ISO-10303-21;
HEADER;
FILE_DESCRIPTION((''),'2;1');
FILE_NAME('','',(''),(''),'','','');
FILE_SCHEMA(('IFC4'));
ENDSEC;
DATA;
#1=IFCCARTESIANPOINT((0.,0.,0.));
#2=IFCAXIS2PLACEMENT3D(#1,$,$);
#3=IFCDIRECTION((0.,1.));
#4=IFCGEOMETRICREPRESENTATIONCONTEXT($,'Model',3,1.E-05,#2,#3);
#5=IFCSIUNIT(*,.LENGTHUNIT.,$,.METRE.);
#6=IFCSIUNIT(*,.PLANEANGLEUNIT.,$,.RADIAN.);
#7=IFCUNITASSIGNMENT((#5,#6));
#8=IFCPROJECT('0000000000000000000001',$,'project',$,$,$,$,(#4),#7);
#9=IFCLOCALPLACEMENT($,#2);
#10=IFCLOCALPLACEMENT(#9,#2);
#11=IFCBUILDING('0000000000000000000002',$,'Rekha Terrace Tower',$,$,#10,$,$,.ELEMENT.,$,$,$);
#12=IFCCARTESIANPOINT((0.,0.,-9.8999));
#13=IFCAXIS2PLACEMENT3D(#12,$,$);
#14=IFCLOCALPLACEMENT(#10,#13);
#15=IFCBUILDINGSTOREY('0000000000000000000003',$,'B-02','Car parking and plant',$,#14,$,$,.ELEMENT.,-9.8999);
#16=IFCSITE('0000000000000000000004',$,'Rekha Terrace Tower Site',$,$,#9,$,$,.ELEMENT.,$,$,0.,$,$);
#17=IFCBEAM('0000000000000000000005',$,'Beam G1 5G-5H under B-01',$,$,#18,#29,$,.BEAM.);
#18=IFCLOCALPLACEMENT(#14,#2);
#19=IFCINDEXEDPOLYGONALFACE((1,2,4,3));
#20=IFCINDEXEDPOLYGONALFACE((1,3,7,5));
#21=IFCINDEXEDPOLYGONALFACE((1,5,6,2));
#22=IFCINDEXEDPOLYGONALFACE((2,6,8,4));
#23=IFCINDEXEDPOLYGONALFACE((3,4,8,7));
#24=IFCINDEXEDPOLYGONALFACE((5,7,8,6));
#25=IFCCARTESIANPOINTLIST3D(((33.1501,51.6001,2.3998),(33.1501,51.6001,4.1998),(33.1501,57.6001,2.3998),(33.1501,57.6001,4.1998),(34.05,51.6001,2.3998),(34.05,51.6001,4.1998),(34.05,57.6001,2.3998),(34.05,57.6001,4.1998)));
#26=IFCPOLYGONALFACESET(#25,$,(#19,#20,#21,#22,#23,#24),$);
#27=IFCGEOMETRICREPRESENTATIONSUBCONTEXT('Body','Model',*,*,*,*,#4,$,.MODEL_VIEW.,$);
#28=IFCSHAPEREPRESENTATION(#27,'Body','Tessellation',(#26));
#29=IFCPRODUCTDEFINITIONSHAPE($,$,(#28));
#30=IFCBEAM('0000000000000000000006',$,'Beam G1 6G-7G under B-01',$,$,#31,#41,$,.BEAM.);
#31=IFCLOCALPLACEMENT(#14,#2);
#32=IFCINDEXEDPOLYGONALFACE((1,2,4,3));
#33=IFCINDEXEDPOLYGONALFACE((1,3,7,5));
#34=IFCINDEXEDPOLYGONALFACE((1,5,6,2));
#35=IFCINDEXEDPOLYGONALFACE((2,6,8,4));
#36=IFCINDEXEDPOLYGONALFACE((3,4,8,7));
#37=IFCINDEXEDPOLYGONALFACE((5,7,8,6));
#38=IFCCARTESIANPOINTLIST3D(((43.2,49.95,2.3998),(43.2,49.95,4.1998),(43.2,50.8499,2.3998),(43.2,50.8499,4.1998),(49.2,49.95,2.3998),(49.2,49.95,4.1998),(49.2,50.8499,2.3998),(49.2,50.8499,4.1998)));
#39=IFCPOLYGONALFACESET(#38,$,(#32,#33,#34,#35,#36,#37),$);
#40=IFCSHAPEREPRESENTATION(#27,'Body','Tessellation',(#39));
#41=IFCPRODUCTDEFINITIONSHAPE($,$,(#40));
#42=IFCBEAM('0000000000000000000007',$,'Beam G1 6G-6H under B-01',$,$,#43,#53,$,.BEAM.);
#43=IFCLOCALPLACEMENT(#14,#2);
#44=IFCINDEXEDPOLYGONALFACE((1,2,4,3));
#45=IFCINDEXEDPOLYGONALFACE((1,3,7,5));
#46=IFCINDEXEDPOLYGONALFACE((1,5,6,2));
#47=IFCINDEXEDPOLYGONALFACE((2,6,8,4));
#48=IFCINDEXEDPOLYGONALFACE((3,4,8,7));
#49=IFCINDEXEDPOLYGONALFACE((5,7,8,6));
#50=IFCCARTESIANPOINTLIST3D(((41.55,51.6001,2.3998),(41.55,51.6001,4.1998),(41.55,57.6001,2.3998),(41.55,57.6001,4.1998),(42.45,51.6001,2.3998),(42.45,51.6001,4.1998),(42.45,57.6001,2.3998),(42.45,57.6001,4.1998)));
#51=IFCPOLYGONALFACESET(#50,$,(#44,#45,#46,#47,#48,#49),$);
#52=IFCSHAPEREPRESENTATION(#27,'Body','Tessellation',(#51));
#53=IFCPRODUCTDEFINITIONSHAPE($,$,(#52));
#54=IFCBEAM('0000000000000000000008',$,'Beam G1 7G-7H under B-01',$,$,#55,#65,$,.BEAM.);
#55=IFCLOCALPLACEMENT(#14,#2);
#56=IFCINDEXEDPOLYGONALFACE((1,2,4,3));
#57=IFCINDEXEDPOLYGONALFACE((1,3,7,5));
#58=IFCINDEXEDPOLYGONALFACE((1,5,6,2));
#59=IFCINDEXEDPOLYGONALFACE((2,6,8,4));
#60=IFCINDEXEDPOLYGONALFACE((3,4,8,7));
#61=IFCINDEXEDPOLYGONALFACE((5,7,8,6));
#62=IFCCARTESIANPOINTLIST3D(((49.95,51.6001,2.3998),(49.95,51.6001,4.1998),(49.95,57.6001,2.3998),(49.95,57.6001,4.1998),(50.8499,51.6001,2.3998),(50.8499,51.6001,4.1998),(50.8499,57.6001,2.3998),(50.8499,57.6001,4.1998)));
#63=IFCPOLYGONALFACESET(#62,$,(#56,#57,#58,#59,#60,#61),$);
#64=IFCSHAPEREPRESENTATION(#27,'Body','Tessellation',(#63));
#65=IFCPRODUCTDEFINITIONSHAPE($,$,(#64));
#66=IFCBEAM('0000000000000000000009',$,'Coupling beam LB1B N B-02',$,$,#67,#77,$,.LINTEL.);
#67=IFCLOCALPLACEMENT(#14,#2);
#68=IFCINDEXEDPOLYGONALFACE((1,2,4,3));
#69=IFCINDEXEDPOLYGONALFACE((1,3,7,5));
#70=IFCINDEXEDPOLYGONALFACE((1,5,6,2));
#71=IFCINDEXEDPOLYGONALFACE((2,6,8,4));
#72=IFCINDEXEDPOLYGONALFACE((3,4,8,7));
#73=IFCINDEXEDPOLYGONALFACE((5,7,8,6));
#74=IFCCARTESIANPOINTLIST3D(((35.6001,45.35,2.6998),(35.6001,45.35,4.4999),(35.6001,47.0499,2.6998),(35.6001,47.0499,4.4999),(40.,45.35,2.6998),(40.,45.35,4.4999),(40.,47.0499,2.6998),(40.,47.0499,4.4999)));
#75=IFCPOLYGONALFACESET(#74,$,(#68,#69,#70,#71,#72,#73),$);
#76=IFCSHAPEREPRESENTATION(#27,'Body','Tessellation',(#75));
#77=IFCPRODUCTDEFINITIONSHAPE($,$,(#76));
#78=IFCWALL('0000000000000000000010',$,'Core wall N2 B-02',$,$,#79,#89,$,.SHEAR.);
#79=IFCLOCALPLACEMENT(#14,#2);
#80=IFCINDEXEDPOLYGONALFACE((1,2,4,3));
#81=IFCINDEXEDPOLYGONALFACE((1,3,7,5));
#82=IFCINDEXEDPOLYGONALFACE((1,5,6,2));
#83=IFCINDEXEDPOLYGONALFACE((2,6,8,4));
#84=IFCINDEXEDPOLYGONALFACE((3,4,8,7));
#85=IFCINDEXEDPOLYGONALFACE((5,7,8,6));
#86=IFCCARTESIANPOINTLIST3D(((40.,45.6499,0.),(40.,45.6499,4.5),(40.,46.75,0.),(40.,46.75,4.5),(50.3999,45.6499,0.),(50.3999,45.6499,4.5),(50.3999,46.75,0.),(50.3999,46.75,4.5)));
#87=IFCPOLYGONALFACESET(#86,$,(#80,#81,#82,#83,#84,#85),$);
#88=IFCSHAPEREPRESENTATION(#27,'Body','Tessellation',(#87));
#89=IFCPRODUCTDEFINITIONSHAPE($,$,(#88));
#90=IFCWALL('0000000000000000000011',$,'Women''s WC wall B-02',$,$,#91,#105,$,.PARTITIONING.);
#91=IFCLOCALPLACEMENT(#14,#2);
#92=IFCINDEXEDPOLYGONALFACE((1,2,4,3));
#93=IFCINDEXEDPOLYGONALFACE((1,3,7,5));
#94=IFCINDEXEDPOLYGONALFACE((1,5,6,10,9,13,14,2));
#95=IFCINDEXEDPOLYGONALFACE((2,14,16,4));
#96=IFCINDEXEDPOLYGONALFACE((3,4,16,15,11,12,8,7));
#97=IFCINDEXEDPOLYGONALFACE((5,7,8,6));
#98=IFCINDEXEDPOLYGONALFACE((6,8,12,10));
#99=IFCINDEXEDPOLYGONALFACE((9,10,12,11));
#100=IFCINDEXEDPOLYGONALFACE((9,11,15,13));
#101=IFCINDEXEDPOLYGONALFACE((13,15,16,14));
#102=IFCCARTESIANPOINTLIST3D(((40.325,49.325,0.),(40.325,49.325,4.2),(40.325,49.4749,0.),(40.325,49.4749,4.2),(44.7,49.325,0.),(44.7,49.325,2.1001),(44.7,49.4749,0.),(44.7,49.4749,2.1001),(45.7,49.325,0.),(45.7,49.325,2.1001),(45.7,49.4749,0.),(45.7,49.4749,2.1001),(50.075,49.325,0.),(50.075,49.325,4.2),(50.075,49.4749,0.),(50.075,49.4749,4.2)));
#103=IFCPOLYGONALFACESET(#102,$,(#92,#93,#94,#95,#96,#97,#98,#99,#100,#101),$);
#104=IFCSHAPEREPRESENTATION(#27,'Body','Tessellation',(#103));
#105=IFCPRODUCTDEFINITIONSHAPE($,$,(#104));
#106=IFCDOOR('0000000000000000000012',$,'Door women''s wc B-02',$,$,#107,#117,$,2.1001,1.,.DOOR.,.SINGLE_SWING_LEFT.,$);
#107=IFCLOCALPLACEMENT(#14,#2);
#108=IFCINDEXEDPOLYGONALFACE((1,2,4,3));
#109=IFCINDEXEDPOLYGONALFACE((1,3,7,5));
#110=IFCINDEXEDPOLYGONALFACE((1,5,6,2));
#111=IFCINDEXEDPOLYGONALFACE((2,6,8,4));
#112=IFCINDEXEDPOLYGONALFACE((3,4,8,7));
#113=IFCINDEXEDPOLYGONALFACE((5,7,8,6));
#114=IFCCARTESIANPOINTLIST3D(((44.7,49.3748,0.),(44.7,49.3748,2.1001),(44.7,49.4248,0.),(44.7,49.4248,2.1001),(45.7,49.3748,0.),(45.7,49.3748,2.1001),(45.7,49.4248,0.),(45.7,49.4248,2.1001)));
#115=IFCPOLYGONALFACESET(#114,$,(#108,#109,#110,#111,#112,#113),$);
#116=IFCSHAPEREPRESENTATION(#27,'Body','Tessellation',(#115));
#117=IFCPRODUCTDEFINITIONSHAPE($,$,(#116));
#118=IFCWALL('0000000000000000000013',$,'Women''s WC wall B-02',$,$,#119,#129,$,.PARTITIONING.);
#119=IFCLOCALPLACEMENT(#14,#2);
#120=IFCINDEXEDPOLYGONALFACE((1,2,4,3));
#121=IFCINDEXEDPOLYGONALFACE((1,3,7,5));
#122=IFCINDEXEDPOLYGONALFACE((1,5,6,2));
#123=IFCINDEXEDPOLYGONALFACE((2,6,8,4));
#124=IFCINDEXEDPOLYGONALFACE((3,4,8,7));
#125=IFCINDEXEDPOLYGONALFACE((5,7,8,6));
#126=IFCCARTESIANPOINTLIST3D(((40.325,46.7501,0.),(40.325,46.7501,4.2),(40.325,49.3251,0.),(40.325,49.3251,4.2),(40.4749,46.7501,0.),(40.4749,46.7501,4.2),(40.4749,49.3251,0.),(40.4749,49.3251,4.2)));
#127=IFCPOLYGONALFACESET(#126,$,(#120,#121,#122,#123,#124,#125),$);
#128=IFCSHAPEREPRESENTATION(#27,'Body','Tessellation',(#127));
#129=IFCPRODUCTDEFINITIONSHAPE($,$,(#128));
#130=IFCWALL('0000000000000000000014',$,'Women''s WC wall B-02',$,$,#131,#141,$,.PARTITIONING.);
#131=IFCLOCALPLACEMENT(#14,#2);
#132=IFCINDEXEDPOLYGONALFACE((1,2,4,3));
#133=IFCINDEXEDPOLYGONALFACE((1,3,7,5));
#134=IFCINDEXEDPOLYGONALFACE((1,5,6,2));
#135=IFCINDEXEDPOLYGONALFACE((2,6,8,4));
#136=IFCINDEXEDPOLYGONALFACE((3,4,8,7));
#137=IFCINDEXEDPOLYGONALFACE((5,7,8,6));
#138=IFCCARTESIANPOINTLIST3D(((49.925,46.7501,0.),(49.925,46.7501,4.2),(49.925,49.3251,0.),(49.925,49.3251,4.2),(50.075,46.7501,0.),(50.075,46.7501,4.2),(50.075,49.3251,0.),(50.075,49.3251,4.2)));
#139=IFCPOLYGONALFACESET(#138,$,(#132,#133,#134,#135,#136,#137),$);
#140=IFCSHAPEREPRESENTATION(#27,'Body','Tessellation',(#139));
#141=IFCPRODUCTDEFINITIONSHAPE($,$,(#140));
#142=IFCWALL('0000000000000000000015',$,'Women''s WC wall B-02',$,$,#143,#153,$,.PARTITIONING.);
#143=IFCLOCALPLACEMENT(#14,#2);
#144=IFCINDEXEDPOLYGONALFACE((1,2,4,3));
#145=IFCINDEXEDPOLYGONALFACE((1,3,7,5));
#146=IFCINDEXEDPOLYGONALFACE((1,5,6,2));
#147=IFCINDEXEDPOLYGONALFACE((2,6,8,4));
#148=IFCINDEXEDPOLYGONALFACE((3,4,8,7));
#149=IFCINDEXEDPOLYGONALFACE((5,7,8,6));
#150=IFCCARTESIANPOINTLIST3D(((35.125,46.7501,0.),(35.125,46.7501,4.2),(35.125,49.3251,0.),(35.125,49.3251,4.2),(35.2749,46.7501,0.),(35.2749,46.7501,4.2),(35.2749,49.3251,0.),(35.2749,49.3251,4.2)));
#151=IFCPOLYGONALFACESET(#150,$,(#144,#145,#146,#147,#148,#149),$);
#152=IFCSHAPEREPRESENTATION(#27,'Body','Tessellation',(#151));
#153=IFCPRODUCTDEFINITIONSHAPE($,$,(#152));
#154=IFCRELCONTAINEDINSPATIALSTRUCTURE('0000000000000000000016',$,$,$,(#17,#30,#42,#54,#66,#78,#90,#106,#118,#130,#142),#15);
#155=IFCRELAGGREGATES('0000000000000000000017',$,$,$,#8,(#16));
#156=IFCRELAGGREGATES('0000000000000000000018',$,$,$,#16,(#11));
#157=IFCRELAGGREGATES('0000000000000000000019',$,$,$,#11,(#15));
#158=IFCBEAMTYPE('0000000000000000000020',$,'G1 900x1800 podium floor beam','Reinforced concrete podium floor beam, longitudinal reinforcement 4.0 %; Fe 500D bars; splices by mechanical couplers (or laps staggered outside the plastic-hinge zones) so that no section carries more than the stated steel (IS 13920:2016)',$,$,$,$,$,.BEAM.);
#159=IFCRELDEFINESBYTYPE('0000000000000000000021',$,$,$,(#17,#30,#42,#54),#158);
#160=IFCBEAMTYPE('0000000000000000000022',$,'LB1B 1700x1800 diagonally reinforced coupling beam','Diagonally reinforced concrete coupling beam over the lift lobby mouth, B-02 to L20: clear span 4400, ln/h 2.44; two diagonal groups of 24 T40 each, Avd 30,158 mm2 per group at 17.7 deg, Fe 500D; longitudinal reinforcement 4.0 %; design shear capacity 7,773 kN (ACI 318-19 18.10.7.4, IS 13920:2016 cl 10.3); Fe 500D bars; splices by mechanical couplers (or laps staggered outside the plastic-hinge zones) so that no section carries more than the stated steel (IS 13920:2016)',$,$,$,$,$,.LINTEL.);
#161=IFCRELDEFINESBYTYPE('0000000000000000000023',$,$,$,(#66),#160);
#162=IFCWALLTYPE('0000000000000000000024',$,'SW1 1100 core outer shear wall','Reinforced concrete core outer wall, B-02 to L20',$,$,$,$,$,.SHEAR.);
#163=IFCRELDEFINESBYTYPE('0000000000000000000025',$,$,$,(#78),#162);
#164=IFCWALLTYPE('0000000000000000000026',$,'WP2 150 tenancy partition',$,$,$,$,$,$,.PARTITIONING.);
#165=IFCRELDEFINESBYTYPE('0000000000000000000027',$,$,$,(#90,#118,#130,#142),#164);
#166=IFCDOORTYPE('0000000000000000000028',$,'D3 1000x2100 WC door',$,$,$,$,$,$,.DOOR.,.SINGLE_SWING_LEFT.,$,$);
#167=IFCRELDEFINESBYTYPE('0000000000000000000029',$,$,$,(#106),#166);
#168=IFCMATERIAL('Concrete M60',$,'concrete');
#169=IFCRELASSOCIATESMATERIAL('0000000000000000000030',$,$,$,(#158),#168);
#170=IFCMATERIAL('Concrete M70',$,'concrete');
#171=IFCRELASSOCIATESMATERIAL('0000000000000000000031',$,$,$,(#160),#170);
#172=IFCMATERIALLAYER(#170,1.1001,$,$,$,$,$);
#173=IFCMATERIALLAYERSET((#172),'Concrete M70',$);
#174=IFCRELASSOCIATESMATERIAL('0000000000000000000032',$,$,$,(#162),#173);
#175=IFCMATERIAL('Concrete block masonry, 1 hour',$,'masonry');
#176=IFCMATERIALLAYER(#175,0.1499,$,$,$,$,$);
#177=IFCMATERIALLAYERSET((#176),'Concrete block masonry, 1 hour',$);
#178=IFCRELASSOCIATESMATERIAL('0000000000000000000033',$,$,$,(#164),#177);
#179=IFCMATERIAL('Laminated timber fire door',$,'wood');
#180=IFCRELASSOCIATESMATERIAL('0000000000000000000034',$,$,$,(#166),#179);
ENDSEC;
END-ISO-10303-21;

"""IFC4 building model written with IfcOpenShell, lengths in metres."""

from ifc_helpers import new_model, si_unit, direction, frame, frame_2d, origin, origin_2d, place, context, subcontext, project, spatial, rectangle, extrude, material, layer, layer_set, material_profile, profile_set, type_object, element, fill, save


model = new_model("IFC4")

# Units and contexts
model_context = context("Model", 3, precision=1e-05, world=origin(), true_north=direction((0.0, 1.0)))
body_context = subcontext(model_context, "Body", "Model", "MODEL_VIEW")
ifc_project = project(units=[si_unit("LENGTHUNIT", "METRE"), si_unit("PLANEANGLEUNIT", "RADIAN")], contexts=[model_context])

# Site, building, storey
site_placement = place(None, origin())
site = spatial("IfcSite", under=ifc_project, at=site_placement, Name="Rekha Terrace Tower Site", CompositionType="ELEMENT", RefElevation=0.0)
building_placement = place(site_placement, origin())
building = spatial("IfcBuilding", under=site, at=building_placement, Name="Rekha Terrace Tower", CompositionType="ELEMENT")
storey_placement = place(building_placement, frame((0.0, 0.0, -9.8999)))
storey = spatial("IfcBuildingStorey", under=building, at=storey_placement, Name="B-02", Description="Car parking and plant", CompositionType="ELEMENT", Elevation=-9.8999)

# Shared definitions
ifc_material_1 = material(Name="Concrete M70", Category="concrete")

# Beams
ifc_material_2 = material(Name="Concrete M60", Category="concrete")
ifc_material_profile_1 = material_profile(ifc_material_2, rectangle(XDim=0.8999, YDim=1.8, at=origin_2d()), Name="RC 900x1800")
ifc_profile_set_1 = profile_set([ifc_material_profile_1], Name="Concrete M60")
beam_type_1 = type_object("IfcBeamType", Name="G1 900x1800 podium floor beam", Description="Reinforced concrete podium floor beam, longitudinal reinforcement 4.0 %; Fe 500D bars; splices by mechanical couplers (or laps staggered outside the plastic-hinge zones) so that no section carries more than the stated steel (IS 13920:2016)", PredefinedType="BEAM", material=ifc_profile_set_1)
for number, where, z_axis, x_axis, name in (
    (1, (33.6001, 51.6001, 3.2998), (0.0, 1.0, 0.0), (-1.0, 0.0, 0.0), "Beam G1 5G-5H under B-01"),
    (2, (43.2, 50.3999, 3.2998), (1.0, 0.0, 0.0), (0.0, 1.0, 0.0), "Beam G1 6G-7G under B-01"),
    (3, (42.0, 51.6001, 3.2998), (0.0, 1.0, 0.0), (-1.0, 0.0, 0.0), "Beam G1 6G-6H under B-01"),
    (4, (50.3999, 51.6001, 3.2998), (0.0, 1.0, 0.0), (-1.0, 0.0, 0.0), "Beam G1 7G-7H under B-01"),
):
    element("IfcBeam", number, at=place(storey_placement, frame(where, z_axis=z_axis, x_axis=x_axis)), inside=storey, type_object=beam_type_1, Name=name, PredefinedType="BEAM", context=body_context, shape_type="SweptSolid", body=[
        extrude(rectangle(XDim=0.8999, YDim=1.8, at=origin_2d()), origin(), (0.0, 0.0, 1.0), 6.0),
    ])
ifc_material_profile_2 = material_profile(ifc_material_1, rectangle(XDim=1.7, YDim=1.8, at=origin_2d()), Name="RC 1700x1800")
ifc_profile_set_2 = profile_set([ifc_material_profile_2], Name="Concrete M70")
beam_type_2 = type_object("IfcBeamType", Name="LB1B 1700x1800 diagonally reinforced coupling beam", Description="Diagonally reinforced concrete coupling beam over the lift lobby mouth, B-02 to L20: clear span 4400, ln/h 2.44; two diagonal groups of 24 T40 each, Avd 30,158 mm2 per group at 17.7 deg, Fe 500D; longitudinal reinforcement 4.0 %; design shear capacity 7,773 kN (ACI 318-19 18.10.7.4, IS 13920:2016 cl 10.3); Fe 500D bars; splices by mechanical couplers (or laps staggered outside the plastic-hinge zones) so that no section carries more than the stated steel (IS 13920:2016)", PredefinedType="LINTEL", material=ifc_profile_set_2)
beam_placement = place(storey_placement, frame((35.6001, 46.2, 3.5999), z_axis=(1.0, 0.0, 0.0), x_axis=(0.0, 1.0, 0.0)))
element("IfcBeam", 5, at=beam_placement, inside=storey, type_object=beam_type_2, Name="Coupling beam LB1B N B-02", PredefinedType="LINTEL", context=body_context, shape_type="SweptSolid", body=[
    extrude(rectangle(XDim=1.7, YDim=1.8, at=origin_2d()), origin(), (0.0, 0.0, 1.0), 4.3999),
])

# Wall
ifc_layer_1 = layer(ifc_material_1, 1.1001)
ifc_layer_set_1 = layer_set([ifc_layer_1], Name="Concrete M70")
wall_type_1 = type_object("IfcWallType", Name="SW1 1100 core outer shear wall", Description="Reinforced concrete core outer wall, B-02 to L20", PredefinedType="SHEAR", material=ifc_layer_set_1)
wall_1_placement = place(storey_placement, frame((40.0, 46.2, 0.0), z_axis=(0.0, 0.0, 1.0), x_axis=(1.0, 0.0, 0.0)))
element("IfcWall", 6, at=wall_1_placement, inside=storey, type_object=wall_type_1, Name="Core wall N2 B-02", PredefinedType="SHEAR", context=body_context, shape_type="SweptSolid", body=[
    extrude(rectangle(XDim=10.3999, YDim=1.1001, at=frame_2d((5.2, 0.0))), origin(), (0.0, 0.0, 1.0), 4.5),
])

# Wall, opening, door
ifc_material_3 = material(Name="Concrete block masonry, 1 hour", Category="masonry")
ifc_layer_2 = layer(ifc_material_3, 0.1499)
ifc_layer_set_2 = layer_set([ifc_layer_2], Name="Concrete block masonry, 1 hour")
wall_type_2 = type_object("IfcWallType", Name="WP2 150 tenancy partition", PredefinedType="PARTITIONING", material=ifc_layer_set_2)
wall_2_placement = place(storey_placement, frame((40.325, 49.3999, 0.0), z_axis=(0.0, 0.0, 1.0), x_axis=(1.0, 0.0, 0.0)))
wall_2 = element("IfcWall", 7, at=wall_2_placement, inside=storey, type_object=wall_type_2, Name="Women's WC wall B-02", PredefinedType="PARTITIONING", context=body_context, shape_type="SweptSolid", body=[
    extrude(rectangle(XDim=9.75, YDim=0.1499, at=frame_2d((4.875, 0.0))), origin(), (0.0, 0.0, 1.0), 4.2),
])
opening_placement = place(wall_2_placement, frame((4.375, 0.0, 0.0)))
opening = element("IfcOpeningElement", 8, at=opening_placement, cuts=wall_2, PredefinedType="OPENING", context=body_context, shape_type="SweptSolid", body=[
    extrude(rectangle(XDim=1.0, YDim=2.1001, at=frame_2d((0.5, 1.05))), frame((0.0, 0.085, 0.0), z_axis=(0.0, -1.0, 0.0), x_axis=(1.0, 0.0, 0.0)), (0.0, 0.0, 1.0), 0.1699),
])
ifc_material_4 = material(Name="Laminated timber fire door", Category="wood")
door_type = type_object("IfcDoorType", Name="D3 1000x2100 WC door", OperationType="SINGLE_SWING_LEFT", PredefinedType="DOOR", material=ifc_material_4)
door_placement = place(opening_placement, origin())
door = element("IfcDoor", 9, at=door_placement, inside=storey, type_object=door_type, Name="Door women's wc B-02", OperationType="SINGLE_SWING_LEFT", OverallHeight=2.1001, OverallWidth=1.0, PredefinedType="DOOR", context=body_context, shape_type="SweptSolid", body=[
    extrude(rectangle(XDim=1.0, YDim=2.1001, at=frame_2d((0.5, 1.05))), frame((0.0, 0.0249, 0.0), z_axis=(0.0, -1.0, 0.0), x_axis=(1.0, 0.0, 0.0)), (0.0, 0.0, 1.0), 0.05),
])
fill(opening, door)

# Walls
for number, where, z_axis, x_axis, name in (
    (10, (40.3999, 46.75, 0.0), (0.0, 0.0, 1.0), (0.0, 1.0, 0.0), "Women's WC wall B-02"),
    (11, (50.0, 46.75, 0.0), (0.0, 0.0, 1.0), (0.0, 1.0, 0.0), "Women's WC wall B-02"),
    (12, (35.2, 46.75, 0.0), (0.0, 0.0, 1.0), (0.0, 1.0, 0.0), "Women's WC wall B-02"),
):
    element("IfcWall", number, at=place(storey_placement, frame(where, z_axis=z_axis, x_axis=x_axis)), inside=storey, type_object=wall_type_2, Name=name, PredefinedType="PARTITIONING", context=body_context, shape_type="SweptSolid", body=[
        extrude(rectangle(XDim=2.575, YDim=0.1499, at=frame_2d((1.2876, 0.0))), origin(), (0.0, 0.0, 1.0), 4.2),
    ])

save(model, "model.ifc")
